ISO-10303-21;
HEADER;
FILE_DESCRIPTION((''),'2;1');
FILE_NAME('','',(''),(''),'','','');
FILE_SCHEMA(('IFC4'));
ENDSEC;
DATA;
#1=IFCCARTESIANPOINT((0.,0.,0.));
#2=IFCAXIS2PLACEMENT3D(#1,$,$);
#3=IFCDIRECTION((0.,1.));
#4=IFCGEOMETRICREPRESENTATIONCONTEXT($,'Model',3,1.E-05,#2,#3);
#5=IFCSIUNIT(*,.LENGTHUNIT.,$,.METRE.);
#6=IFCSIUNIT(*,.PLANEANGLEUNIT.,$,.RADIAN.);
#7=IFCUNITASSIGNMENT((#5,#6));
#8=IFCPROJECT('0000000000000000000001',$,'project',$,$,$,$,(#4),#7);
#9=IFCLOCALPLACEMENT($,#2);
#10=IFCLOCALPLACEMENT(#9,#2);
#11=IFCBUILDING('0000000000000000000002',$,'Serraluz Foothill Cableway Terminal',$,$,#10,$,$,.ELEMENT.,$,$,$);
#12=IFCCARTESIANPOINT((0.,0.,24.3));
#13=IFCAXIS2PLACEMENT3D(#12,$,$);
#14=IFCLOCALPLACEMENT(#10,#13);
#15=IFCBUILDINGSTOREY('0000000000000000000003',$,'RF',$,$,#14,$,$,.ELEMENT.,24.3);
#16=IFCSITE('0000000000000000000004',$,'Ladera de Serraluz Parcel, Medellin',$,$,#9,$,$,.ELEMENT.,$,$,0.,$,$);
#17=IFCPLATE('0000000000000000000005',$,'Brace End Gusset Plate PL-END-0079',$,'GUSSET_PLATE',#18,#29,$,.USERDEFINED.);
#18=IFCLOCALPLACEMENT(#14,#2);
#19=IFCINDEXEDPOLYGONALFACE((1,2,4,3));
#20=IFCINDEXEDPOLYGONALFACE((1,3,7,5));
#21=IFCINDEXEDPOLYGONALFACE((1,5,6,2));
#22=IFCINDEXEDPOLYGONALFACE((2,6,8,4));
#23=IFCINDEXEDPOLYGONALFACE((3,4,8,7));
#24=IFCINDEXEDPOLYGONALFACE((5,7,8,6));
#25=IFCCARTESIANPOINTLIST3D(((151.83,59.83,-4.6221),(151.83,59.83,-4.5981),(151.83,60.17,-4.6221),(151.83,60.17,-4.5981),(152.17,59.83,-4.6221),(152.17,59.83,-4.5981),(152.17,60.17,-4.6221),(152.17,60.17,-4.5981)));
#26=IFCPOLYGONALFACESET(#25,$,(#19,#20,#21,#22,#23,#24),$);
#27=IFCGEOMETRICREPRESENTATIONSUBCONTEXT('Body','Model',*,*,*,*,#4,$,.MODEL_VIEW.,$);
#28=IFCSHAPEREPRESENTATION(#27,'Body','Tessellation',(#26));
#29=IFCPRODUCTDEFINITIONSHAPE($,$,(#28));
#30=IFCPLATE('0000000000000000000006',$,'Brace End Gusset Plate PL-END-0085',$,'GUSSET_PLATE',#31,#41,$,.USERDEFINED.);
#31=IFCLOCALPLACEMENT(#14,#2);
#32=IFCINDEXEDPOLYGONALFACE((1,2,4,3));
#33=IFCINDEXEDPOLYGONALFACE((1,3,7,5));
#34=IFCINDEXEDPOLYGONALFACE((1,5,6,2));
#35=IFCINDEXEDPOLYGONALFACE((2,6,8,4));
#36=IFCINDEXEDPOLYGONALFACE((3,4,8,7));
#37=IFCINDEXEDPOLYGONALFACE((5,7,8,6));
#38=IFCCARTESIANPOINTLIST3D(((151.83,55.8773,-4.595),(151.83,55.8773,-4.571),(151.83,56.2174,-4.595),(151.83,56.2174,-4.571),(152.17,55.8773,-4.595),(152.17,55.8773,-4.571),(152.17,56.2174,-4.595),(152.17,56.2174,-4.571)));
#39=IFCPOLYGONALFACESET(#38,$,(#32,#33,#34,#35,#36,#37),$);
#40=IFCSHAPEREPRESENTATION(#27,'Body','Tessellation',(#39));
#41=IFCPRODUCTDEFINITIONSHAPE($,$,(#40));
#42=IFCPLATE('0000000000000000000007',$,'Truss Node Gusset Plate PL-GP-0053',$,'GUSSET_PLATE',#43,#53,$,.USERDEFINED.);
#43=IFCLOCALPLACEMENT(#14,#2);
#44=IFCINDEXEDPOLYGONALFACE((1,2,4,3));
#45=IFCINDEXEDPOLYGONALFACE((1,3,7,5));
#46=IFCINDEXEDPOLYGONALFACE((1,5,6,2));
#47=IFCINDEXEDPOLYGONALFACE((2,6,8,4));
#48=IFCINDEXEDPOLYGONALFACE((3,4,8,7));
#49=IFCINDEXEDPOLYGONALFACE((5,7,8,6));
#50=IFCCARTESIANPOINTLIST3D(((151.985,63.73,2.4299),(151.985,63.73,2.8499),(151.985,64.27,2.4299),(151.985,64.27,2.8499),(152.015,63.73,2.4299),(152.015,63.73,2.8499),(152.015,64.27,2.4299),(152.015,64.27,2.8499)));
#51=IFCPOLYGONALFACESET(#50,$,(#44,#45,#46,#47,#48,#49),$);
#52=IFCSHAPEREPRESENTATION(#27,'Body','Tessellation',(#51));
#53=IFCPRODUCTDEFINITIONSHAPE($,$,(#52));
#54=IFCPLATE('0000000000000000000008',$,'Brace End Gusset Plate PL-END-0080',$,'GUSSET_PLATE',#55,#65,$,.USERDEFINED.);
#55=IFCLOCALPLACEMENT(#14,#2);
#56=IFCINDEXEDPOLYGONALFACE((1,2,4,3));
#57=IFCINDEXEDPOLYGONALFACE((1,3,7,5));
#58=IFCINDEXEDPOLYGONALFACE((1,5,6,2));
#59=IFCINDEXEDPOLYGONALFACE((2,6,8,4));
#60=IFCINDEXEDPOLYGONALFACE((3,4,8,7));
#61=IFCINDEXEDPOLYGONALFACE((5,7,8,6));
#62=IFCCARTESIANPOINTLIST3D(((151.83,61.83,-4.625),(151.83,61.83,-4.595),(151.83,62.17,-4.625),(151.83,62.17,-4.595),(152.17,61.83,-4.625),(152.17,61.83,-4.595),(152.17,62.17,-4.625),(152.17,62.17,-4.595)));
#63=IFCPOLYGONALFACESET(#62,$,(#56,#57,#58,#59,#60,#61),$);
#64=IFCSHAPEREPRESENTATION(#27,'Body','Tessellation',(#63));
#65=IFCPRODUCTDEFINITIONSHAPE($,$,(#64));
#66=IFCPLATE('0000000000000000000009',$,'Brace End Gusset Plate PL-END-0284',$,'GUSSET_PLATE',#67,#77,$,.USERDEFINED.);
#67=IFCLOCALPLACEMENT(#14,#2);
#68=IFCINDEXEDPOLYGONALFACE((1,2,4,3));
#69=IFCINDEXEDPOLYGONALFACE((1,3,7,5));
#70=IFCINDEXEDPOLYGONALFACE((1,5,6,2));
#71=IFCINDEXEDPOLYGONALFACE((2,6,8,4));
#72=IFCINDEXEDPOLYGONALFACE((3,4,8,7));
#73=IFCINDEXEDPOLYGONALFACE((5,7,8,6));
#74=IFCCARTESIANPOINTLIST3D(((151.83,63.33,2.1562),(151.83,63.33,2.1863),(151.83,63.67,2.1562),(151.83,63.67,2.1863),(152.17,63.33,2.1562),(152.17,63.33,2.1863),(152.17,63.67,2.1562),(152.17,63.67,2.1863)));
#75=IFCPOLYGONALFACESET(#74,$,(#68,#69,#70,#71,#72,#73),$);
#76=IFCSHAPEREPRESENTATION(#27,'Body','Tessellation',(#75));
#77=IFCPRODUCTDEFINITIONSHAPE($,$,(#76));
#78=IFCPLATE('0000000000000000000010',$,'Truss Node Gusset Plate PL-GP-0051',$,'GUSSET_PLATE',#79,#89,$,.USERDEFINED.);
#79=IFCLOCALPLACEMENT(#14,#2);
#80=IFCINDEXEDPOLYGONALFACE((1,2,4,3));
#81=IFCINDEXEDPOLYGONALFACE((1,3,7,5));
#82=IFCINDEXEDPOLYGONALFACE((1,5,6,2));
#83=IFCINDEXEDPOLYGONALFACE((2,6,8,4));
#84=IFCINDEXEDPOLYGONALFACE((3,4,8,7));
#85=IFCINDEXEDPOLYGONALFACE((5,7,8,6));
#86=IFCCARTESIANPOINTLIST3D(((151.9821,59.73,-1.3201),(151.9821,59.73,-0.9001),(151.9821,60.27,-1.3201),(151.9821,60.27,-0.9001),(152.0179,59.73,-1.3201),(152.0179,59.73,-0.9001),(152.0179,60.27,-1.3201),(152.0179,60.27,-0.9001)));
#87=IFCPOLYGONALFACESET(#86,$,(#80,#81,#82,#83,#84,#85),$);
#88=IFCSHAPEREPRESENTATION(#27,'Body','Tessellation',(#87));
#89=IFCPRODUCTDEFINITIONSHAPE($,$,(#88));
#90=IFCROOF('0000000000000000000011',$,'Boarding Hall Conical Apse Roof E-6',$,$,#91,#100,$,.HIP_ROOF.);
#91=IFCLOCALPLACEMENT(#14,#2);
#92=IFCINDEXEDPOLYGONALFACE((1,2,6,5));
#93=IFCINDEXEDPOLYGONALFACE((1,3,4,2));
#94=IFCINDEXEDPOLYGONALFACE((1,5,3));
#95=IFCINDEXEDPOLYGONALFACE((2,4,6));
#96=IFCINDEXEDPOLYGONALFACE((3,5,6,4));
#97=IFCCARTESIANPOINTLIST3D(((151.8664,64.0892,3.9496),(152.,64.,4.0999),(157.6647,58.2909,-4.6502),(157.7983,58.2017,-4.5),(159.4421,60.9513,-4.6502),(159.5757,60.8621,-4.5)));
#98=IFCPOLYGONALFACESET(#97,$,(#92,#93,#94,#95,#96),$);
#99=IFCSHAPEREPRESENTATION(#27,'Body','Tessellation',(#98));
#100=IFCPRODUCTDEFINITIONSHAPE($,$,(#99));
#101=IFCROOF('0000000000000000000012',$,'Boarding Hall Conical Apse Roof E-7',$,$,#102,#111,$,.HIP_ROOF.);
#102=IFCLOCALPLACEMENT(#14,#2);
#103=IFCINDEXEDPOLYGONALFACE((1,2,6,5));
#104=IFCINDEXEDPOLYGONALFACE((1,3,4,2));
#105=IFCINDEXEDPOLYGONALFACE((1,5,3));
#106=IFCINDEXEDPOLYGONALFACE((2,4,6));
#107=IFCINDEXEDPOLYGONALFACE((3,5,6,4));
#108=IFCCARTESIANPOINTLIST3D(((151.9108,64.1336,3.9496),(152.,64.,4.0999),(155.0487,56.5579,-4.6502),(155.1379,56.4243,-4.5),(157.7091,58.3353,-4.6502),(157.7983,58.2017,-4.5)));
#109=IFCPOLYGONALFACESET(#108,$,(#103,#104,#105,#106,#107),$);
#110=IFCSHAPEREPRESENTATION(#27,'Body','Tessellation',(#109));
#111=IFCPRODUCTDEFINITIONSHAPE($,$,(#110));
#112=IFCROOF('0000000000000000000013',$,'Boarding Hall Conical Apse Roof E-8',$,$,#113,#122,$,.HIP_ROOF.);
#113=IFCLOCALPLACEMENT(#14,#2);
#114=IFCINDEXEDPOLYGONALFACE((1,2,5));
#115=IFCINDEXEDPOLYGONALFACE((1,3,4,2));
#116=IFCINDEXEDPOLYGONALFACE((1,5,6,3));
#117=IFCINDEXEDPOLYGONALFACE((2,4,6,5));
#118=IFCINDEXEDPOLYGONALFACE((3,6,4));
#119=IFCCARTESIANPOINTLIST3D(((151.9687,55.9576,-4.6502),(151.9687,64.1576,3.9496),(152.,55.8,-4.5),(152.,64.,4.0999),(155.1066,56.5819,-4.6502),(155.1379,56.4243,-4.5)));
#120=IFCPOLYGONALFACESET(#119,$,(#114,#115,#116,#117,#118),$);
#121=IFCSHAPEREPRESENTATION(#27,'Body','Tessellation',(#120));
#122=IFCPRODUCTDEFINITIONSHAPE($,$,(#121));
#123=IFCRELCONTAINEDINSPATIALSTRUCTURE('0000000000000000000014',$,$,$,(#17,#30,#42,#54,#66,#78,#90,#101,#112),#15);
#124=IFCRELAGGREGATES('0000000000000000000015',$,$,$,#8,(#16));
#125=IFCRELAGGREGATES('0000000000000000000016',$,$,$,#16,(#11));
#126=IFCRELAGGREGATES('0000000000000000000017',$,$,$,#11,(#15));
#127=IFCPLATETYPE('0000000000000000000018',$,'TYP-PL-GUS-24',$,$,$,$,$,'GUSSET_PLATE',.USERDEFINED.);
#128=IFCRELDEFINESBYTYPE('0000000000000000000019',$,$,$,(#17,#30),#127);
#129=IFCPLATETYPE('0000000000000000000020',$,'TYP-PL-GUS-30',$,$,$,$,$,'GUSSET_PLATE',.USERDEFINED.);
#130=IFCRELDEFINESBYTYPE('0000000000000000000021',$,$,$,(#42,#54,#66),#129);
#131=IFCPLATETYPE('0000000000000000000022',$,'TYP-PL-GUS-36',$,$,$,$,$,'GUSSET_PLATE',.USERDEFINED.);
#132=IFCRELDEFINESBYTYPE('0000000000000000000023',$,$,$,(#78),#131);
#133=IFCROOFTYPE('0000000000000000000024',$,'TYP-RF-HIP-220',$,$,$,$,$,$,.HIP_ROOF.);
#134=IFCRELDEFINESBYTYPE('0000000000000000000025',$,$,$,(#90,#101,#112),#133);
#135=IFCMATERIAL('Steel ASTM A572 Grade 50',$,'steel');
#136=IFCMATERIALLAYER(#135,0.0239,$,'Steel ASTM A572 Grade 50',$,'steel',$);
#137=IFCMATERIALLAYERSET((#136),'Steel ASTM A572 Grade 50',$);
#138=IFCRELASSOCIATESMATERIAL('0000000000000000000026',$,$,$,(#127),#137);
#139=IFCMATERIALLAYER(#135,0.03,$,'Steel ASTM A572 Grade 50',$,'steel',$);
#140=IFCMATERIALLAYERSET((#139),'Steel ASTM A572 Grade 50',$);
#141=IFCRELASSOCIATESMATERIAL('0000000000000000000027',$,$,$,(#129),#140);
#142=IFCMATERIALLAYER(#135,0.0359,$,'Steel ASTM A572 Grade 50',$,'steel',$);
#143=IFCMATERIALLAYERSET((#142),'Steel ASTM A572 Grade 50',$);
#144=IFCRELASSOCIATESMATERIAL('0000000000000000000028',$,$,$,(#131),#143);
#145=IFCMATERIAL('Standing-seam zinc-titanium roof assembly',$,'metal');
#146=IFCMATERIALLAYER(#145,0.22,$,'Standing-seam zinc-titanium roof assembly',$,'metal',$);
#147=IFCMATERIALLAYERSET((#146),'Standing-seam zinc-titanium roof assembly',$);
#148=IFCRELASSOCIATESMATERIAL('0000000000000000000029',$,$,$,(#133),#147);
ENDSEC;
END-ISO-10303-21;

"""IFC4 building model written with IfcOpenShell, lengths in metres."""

from ifc_helpers import new_model, si_unit, direction, frame, origin, origin_2d, place, context, subcontext, project, spatial, polyline, rectangle, outline, extrude, material, layer, layer_set, type_object, element, save


model = new_model("IFC4")

# Units and contexts
model_context = context("Model", 3, precision=1e-05, world=origin(), true_north=direction((0.0, 1.0)))
body_context = subcontext(model_context, "Body", "Model", "MODEL_VIEW")
ifc_project = project(units=[si_unit("LENGTHUNIT", "METRE"), si_unit("PLANEANGLEUNIT", "RADIAN")], contexts=[model_context])

# Site, building, storey
site_placement = place(None, origin())
site = spatial("IfcSite", under=ifc_project, at=site_placement, Name="Ladera de Serraluz Parcel, Medellin", CompositionType="ELEMENT", RefElevation=0.0)
building_placement = place(site_placement, origin())
building = spatial("IfcBuilding", under=site, at=building_placement, Name="Serraluz Foothill Cableway Terminal", CompositionType="ELEMENT")
storey_placement = place(building_placement, frame((0.0, 0.0, 24.3)))
storey = spatial("IfcBuildingStorey", under=building, at=storey_placement, Name="RF", CompositionType="ELEMENT", Elevation=24.3)

# Shared definitions
ifc_material_1 = material(Name="Steel ASTM A572 Grade 50", Category="steel")

# Plates
ifc_layer_1 = layer(ifc_material_1, 0.0239, Name="Steel ASTM A572 Grade 50", Category="steel")
ifc_layer_set_1 = layer_set([ifc_layer_1], Name="Steel ASTM A572 Grade 50")
plate_type_1 = type_object("IfcPlateType", Name="TYP-PL-GUS-24", ElementType="GUSSET_PLATE", PredefinedType="USERDEFINED", material=ifc_layer_set_1)
for number, where, z_axis, x_axis, name in (
    (1, (152.0, 60.0, -4.6221), (0.0, 0.0, 1.0), (1.0, 0.0, 0.0), "Brace End Gusset Plate PL-END-0079"),
    (2, (152.0, 56.0474, -4.595), (0.0, 0.0, 1.0), (1.0, 0.0, 0.0), "Brace End Gusset Plate PL-END-0085"),
):
    element("IfcPlate", number, at=place(storey_placement, frame(where, z_axis=z_axis, x_axis=x_axis)), inside=storey, type_object=plate_type_1, Name=name, ObjectType="GUSSET_PLATE", PredefinedType="USERDEFINED", context=body_context, shape_type="SweptSolid", body=[
        extrude(rectangle(XDim=0.3401, YDim=0.3401, at=origin_2d()), origin(), (0.0, 0.0, 1.0), 0.0239),
    ])
ifc_layer_2 = layer(ifc_material_1, 0.03, Name="Steel ASTM A572 Grade 50", Category="steel")
ifc_layer_set_2 = layer_set([ifc_layer_2], Name="Steel ASTM A572 Grade 50")
plate_type_2 = type_object("IfcPlateType", Name="TYP-PL-GUS-30", ElementType="GUSSET_PLATE", PredefinedType="USERDEFINED", material=ifc_layer_set_2)
plate_1_placement = place(storey_placement, frame((152.0, 64.0, 2.4299), z_axis=(0.0, 0.0, 1.0), x_axis=(1.0, 0.0, 0.0)))
element("IfcPlate", 3, at=plate_1_placement, inside=storey, type_object=plate_type_2, Name="Truss Node Gusset Plate PL-GP-0053", ObjectType="GUSSET_PLATE", PredefinedType="USERDEFINED", context=body_context, shape_type="SweptSolid", body=[
    extrude(rectangle(XDim=0.03, YDim=0.54, at=origin_2d()), origin(), (0.0, 0.0, 1.0), 0.4199),
])
for number, where, z_axis, x_axis, name in (
    (4, (152.0, 62.0, -4.625), (0.0, 0.0, 1.0), (1.0, 0.0, 0.0), "Brace End Gusset Plate PL-END-0080"),
    (5, (152.0, 63.5, 2.1562), (0.0, 0.0, 1.0), (1.0, 0.0, 0.0), "Brace End Gusset Plate PL-END-0284"),
):
    element("IfcPlate", number, at=place(storey_placement, frame(where, z_axis=z_axis, x_axis=x_axis)), inside=storey, type_object=plate_type_2, Name=name, ObjectType="GUSSET_PLATE", PredefinedType="USERDEFINED", context=body_context, shape_type="SweptSolid", body=[
        extrude(rectangle(XDim=0.3401, YDim=0.3401, at=origin_2d()), origin(), (0.0, 0.0, 1.0), 0.03),
    ])
ifc_layer_3 = layer(ifc_material_1, 0.0359, Name="Steel ASTM A572 Grade 50", Category="steel")
ifc_layer_set_3 = layer_set([ifc_layer_3], Name="Steel ASTM A572 Grade 50")
plate_type_3 = type_object("IfcPlateType", Name="TYP-PL-GUS-36", ElementType="GUSSET_PLATE", PredefinedType="USERDEFINED", material=ifc_layer_set_3)
plate_2_placement = place(storey_placement, frame((152.0, 60.0, -1.3201), z_axis=(0.0, 0.0, 1.0), x_axis=(1.0, 0.0, 0.0)))
element("IfcPlate", 6, at=plate_2_placement, inside=storey, type_object=plate_type_3, Name="Truss Node Gusset Plate PL-GP-0051", ObjectType="GUSSET_PLATE", PredefinedType="USERDEFINED", context=body_context, shape_type="SweptSolid", body=[
    extrude(rectangle(XDim=0.0359, YDim=0.54, at=origin_2d()), origin(), (0.0, 0.0, 1.0), 0.4199),
])

# Roofs
ifc_material_2 = material(Name="Standing-seam zinc-titanium roof assembly", Category="metal")
ifc_layer_4 = layer(ifc_material_2, 0.22, Name="Standing-seam zinc-titanium roof assembly", Category="metal")
ifc_layer_set_4 = layer_set([ifc_layer_4], Name="Standing-seam zinc-titanium roof assembly")
roof_type = type_object("IfcRoofType", Name="TYP-RF-HIP-220", PredefinedType="HIP_ROOF", material=ifc_layer_set_4)
roof_1_placement = place(storey_placement, frame((159.5757, 60.8621, -4.5), z_axis=(0.60732, -0.405735, 0.683039), x_axis=(-0.55551, -0.83151, 0.0)))
element("IfcRoof", 7, at=roof_1_placement, inside=storey, type_object=roof_type, Name="Boarding Hall Conical Apse Roof E-6", PredefinedType="HIP_ROOF", context=body_context, shape_type="SweptSolid", body=[
    extrude(outline(polyline([(0.0, 0.0), (3.1995, 0.0), (1.5991, -11.7745), (0.0, 0.0)])), origin(), (0.0, 0.0, -1.0), 0.22),
])
roof_2_placement = place(storey_placement, frame((157.7983, 58.2017, -4.5), z_axis=(0.405735, -0.60732, 0.683039), x_axis=(-0.83151, -0.55551, 0.0)))
element("IfcRoof", 8, at=roof_2_placement, inside=storey, type_object=roof_type, Name="Boarding Hall Conical Apse Roof E-7", PredefinedType="HIP_ROOF", context=body_context, shape_type="SweptSolid", body=[
    extrude(outline(polyline([(0.0, 0.0), (3.1995, 0.0), (1.6003, -11.7745), (0.0, 0.0)])), origin(), (0.0, 0.0, -1.0), 0.22),
])
roof_3_placement = place(storey_placement, frame((155.1379, 56.4243, -4.5), z_axis=(0.142511, -0.716347, 0.683036), x_axis=(-0.98078, -0.195118, 0.0)))
element("IfcRoof", 9, at=roof_3_placement, inside=storey, type_object=roof_type, Name="Boarding Hall Conical Apse Roof E-8", PredefinedType="HIP_ROOF", context=body_context, shape_type="SweptSolid", body=[
    extrude(outline(polyline([(0.0, 0.0), (3.1994, 0.0), (1.5995, -11.7744), (0.0, 0.0)])), origin(), (0.0, 0.0, -1.0), 0.22),
])

save(model, "model.ifc")
